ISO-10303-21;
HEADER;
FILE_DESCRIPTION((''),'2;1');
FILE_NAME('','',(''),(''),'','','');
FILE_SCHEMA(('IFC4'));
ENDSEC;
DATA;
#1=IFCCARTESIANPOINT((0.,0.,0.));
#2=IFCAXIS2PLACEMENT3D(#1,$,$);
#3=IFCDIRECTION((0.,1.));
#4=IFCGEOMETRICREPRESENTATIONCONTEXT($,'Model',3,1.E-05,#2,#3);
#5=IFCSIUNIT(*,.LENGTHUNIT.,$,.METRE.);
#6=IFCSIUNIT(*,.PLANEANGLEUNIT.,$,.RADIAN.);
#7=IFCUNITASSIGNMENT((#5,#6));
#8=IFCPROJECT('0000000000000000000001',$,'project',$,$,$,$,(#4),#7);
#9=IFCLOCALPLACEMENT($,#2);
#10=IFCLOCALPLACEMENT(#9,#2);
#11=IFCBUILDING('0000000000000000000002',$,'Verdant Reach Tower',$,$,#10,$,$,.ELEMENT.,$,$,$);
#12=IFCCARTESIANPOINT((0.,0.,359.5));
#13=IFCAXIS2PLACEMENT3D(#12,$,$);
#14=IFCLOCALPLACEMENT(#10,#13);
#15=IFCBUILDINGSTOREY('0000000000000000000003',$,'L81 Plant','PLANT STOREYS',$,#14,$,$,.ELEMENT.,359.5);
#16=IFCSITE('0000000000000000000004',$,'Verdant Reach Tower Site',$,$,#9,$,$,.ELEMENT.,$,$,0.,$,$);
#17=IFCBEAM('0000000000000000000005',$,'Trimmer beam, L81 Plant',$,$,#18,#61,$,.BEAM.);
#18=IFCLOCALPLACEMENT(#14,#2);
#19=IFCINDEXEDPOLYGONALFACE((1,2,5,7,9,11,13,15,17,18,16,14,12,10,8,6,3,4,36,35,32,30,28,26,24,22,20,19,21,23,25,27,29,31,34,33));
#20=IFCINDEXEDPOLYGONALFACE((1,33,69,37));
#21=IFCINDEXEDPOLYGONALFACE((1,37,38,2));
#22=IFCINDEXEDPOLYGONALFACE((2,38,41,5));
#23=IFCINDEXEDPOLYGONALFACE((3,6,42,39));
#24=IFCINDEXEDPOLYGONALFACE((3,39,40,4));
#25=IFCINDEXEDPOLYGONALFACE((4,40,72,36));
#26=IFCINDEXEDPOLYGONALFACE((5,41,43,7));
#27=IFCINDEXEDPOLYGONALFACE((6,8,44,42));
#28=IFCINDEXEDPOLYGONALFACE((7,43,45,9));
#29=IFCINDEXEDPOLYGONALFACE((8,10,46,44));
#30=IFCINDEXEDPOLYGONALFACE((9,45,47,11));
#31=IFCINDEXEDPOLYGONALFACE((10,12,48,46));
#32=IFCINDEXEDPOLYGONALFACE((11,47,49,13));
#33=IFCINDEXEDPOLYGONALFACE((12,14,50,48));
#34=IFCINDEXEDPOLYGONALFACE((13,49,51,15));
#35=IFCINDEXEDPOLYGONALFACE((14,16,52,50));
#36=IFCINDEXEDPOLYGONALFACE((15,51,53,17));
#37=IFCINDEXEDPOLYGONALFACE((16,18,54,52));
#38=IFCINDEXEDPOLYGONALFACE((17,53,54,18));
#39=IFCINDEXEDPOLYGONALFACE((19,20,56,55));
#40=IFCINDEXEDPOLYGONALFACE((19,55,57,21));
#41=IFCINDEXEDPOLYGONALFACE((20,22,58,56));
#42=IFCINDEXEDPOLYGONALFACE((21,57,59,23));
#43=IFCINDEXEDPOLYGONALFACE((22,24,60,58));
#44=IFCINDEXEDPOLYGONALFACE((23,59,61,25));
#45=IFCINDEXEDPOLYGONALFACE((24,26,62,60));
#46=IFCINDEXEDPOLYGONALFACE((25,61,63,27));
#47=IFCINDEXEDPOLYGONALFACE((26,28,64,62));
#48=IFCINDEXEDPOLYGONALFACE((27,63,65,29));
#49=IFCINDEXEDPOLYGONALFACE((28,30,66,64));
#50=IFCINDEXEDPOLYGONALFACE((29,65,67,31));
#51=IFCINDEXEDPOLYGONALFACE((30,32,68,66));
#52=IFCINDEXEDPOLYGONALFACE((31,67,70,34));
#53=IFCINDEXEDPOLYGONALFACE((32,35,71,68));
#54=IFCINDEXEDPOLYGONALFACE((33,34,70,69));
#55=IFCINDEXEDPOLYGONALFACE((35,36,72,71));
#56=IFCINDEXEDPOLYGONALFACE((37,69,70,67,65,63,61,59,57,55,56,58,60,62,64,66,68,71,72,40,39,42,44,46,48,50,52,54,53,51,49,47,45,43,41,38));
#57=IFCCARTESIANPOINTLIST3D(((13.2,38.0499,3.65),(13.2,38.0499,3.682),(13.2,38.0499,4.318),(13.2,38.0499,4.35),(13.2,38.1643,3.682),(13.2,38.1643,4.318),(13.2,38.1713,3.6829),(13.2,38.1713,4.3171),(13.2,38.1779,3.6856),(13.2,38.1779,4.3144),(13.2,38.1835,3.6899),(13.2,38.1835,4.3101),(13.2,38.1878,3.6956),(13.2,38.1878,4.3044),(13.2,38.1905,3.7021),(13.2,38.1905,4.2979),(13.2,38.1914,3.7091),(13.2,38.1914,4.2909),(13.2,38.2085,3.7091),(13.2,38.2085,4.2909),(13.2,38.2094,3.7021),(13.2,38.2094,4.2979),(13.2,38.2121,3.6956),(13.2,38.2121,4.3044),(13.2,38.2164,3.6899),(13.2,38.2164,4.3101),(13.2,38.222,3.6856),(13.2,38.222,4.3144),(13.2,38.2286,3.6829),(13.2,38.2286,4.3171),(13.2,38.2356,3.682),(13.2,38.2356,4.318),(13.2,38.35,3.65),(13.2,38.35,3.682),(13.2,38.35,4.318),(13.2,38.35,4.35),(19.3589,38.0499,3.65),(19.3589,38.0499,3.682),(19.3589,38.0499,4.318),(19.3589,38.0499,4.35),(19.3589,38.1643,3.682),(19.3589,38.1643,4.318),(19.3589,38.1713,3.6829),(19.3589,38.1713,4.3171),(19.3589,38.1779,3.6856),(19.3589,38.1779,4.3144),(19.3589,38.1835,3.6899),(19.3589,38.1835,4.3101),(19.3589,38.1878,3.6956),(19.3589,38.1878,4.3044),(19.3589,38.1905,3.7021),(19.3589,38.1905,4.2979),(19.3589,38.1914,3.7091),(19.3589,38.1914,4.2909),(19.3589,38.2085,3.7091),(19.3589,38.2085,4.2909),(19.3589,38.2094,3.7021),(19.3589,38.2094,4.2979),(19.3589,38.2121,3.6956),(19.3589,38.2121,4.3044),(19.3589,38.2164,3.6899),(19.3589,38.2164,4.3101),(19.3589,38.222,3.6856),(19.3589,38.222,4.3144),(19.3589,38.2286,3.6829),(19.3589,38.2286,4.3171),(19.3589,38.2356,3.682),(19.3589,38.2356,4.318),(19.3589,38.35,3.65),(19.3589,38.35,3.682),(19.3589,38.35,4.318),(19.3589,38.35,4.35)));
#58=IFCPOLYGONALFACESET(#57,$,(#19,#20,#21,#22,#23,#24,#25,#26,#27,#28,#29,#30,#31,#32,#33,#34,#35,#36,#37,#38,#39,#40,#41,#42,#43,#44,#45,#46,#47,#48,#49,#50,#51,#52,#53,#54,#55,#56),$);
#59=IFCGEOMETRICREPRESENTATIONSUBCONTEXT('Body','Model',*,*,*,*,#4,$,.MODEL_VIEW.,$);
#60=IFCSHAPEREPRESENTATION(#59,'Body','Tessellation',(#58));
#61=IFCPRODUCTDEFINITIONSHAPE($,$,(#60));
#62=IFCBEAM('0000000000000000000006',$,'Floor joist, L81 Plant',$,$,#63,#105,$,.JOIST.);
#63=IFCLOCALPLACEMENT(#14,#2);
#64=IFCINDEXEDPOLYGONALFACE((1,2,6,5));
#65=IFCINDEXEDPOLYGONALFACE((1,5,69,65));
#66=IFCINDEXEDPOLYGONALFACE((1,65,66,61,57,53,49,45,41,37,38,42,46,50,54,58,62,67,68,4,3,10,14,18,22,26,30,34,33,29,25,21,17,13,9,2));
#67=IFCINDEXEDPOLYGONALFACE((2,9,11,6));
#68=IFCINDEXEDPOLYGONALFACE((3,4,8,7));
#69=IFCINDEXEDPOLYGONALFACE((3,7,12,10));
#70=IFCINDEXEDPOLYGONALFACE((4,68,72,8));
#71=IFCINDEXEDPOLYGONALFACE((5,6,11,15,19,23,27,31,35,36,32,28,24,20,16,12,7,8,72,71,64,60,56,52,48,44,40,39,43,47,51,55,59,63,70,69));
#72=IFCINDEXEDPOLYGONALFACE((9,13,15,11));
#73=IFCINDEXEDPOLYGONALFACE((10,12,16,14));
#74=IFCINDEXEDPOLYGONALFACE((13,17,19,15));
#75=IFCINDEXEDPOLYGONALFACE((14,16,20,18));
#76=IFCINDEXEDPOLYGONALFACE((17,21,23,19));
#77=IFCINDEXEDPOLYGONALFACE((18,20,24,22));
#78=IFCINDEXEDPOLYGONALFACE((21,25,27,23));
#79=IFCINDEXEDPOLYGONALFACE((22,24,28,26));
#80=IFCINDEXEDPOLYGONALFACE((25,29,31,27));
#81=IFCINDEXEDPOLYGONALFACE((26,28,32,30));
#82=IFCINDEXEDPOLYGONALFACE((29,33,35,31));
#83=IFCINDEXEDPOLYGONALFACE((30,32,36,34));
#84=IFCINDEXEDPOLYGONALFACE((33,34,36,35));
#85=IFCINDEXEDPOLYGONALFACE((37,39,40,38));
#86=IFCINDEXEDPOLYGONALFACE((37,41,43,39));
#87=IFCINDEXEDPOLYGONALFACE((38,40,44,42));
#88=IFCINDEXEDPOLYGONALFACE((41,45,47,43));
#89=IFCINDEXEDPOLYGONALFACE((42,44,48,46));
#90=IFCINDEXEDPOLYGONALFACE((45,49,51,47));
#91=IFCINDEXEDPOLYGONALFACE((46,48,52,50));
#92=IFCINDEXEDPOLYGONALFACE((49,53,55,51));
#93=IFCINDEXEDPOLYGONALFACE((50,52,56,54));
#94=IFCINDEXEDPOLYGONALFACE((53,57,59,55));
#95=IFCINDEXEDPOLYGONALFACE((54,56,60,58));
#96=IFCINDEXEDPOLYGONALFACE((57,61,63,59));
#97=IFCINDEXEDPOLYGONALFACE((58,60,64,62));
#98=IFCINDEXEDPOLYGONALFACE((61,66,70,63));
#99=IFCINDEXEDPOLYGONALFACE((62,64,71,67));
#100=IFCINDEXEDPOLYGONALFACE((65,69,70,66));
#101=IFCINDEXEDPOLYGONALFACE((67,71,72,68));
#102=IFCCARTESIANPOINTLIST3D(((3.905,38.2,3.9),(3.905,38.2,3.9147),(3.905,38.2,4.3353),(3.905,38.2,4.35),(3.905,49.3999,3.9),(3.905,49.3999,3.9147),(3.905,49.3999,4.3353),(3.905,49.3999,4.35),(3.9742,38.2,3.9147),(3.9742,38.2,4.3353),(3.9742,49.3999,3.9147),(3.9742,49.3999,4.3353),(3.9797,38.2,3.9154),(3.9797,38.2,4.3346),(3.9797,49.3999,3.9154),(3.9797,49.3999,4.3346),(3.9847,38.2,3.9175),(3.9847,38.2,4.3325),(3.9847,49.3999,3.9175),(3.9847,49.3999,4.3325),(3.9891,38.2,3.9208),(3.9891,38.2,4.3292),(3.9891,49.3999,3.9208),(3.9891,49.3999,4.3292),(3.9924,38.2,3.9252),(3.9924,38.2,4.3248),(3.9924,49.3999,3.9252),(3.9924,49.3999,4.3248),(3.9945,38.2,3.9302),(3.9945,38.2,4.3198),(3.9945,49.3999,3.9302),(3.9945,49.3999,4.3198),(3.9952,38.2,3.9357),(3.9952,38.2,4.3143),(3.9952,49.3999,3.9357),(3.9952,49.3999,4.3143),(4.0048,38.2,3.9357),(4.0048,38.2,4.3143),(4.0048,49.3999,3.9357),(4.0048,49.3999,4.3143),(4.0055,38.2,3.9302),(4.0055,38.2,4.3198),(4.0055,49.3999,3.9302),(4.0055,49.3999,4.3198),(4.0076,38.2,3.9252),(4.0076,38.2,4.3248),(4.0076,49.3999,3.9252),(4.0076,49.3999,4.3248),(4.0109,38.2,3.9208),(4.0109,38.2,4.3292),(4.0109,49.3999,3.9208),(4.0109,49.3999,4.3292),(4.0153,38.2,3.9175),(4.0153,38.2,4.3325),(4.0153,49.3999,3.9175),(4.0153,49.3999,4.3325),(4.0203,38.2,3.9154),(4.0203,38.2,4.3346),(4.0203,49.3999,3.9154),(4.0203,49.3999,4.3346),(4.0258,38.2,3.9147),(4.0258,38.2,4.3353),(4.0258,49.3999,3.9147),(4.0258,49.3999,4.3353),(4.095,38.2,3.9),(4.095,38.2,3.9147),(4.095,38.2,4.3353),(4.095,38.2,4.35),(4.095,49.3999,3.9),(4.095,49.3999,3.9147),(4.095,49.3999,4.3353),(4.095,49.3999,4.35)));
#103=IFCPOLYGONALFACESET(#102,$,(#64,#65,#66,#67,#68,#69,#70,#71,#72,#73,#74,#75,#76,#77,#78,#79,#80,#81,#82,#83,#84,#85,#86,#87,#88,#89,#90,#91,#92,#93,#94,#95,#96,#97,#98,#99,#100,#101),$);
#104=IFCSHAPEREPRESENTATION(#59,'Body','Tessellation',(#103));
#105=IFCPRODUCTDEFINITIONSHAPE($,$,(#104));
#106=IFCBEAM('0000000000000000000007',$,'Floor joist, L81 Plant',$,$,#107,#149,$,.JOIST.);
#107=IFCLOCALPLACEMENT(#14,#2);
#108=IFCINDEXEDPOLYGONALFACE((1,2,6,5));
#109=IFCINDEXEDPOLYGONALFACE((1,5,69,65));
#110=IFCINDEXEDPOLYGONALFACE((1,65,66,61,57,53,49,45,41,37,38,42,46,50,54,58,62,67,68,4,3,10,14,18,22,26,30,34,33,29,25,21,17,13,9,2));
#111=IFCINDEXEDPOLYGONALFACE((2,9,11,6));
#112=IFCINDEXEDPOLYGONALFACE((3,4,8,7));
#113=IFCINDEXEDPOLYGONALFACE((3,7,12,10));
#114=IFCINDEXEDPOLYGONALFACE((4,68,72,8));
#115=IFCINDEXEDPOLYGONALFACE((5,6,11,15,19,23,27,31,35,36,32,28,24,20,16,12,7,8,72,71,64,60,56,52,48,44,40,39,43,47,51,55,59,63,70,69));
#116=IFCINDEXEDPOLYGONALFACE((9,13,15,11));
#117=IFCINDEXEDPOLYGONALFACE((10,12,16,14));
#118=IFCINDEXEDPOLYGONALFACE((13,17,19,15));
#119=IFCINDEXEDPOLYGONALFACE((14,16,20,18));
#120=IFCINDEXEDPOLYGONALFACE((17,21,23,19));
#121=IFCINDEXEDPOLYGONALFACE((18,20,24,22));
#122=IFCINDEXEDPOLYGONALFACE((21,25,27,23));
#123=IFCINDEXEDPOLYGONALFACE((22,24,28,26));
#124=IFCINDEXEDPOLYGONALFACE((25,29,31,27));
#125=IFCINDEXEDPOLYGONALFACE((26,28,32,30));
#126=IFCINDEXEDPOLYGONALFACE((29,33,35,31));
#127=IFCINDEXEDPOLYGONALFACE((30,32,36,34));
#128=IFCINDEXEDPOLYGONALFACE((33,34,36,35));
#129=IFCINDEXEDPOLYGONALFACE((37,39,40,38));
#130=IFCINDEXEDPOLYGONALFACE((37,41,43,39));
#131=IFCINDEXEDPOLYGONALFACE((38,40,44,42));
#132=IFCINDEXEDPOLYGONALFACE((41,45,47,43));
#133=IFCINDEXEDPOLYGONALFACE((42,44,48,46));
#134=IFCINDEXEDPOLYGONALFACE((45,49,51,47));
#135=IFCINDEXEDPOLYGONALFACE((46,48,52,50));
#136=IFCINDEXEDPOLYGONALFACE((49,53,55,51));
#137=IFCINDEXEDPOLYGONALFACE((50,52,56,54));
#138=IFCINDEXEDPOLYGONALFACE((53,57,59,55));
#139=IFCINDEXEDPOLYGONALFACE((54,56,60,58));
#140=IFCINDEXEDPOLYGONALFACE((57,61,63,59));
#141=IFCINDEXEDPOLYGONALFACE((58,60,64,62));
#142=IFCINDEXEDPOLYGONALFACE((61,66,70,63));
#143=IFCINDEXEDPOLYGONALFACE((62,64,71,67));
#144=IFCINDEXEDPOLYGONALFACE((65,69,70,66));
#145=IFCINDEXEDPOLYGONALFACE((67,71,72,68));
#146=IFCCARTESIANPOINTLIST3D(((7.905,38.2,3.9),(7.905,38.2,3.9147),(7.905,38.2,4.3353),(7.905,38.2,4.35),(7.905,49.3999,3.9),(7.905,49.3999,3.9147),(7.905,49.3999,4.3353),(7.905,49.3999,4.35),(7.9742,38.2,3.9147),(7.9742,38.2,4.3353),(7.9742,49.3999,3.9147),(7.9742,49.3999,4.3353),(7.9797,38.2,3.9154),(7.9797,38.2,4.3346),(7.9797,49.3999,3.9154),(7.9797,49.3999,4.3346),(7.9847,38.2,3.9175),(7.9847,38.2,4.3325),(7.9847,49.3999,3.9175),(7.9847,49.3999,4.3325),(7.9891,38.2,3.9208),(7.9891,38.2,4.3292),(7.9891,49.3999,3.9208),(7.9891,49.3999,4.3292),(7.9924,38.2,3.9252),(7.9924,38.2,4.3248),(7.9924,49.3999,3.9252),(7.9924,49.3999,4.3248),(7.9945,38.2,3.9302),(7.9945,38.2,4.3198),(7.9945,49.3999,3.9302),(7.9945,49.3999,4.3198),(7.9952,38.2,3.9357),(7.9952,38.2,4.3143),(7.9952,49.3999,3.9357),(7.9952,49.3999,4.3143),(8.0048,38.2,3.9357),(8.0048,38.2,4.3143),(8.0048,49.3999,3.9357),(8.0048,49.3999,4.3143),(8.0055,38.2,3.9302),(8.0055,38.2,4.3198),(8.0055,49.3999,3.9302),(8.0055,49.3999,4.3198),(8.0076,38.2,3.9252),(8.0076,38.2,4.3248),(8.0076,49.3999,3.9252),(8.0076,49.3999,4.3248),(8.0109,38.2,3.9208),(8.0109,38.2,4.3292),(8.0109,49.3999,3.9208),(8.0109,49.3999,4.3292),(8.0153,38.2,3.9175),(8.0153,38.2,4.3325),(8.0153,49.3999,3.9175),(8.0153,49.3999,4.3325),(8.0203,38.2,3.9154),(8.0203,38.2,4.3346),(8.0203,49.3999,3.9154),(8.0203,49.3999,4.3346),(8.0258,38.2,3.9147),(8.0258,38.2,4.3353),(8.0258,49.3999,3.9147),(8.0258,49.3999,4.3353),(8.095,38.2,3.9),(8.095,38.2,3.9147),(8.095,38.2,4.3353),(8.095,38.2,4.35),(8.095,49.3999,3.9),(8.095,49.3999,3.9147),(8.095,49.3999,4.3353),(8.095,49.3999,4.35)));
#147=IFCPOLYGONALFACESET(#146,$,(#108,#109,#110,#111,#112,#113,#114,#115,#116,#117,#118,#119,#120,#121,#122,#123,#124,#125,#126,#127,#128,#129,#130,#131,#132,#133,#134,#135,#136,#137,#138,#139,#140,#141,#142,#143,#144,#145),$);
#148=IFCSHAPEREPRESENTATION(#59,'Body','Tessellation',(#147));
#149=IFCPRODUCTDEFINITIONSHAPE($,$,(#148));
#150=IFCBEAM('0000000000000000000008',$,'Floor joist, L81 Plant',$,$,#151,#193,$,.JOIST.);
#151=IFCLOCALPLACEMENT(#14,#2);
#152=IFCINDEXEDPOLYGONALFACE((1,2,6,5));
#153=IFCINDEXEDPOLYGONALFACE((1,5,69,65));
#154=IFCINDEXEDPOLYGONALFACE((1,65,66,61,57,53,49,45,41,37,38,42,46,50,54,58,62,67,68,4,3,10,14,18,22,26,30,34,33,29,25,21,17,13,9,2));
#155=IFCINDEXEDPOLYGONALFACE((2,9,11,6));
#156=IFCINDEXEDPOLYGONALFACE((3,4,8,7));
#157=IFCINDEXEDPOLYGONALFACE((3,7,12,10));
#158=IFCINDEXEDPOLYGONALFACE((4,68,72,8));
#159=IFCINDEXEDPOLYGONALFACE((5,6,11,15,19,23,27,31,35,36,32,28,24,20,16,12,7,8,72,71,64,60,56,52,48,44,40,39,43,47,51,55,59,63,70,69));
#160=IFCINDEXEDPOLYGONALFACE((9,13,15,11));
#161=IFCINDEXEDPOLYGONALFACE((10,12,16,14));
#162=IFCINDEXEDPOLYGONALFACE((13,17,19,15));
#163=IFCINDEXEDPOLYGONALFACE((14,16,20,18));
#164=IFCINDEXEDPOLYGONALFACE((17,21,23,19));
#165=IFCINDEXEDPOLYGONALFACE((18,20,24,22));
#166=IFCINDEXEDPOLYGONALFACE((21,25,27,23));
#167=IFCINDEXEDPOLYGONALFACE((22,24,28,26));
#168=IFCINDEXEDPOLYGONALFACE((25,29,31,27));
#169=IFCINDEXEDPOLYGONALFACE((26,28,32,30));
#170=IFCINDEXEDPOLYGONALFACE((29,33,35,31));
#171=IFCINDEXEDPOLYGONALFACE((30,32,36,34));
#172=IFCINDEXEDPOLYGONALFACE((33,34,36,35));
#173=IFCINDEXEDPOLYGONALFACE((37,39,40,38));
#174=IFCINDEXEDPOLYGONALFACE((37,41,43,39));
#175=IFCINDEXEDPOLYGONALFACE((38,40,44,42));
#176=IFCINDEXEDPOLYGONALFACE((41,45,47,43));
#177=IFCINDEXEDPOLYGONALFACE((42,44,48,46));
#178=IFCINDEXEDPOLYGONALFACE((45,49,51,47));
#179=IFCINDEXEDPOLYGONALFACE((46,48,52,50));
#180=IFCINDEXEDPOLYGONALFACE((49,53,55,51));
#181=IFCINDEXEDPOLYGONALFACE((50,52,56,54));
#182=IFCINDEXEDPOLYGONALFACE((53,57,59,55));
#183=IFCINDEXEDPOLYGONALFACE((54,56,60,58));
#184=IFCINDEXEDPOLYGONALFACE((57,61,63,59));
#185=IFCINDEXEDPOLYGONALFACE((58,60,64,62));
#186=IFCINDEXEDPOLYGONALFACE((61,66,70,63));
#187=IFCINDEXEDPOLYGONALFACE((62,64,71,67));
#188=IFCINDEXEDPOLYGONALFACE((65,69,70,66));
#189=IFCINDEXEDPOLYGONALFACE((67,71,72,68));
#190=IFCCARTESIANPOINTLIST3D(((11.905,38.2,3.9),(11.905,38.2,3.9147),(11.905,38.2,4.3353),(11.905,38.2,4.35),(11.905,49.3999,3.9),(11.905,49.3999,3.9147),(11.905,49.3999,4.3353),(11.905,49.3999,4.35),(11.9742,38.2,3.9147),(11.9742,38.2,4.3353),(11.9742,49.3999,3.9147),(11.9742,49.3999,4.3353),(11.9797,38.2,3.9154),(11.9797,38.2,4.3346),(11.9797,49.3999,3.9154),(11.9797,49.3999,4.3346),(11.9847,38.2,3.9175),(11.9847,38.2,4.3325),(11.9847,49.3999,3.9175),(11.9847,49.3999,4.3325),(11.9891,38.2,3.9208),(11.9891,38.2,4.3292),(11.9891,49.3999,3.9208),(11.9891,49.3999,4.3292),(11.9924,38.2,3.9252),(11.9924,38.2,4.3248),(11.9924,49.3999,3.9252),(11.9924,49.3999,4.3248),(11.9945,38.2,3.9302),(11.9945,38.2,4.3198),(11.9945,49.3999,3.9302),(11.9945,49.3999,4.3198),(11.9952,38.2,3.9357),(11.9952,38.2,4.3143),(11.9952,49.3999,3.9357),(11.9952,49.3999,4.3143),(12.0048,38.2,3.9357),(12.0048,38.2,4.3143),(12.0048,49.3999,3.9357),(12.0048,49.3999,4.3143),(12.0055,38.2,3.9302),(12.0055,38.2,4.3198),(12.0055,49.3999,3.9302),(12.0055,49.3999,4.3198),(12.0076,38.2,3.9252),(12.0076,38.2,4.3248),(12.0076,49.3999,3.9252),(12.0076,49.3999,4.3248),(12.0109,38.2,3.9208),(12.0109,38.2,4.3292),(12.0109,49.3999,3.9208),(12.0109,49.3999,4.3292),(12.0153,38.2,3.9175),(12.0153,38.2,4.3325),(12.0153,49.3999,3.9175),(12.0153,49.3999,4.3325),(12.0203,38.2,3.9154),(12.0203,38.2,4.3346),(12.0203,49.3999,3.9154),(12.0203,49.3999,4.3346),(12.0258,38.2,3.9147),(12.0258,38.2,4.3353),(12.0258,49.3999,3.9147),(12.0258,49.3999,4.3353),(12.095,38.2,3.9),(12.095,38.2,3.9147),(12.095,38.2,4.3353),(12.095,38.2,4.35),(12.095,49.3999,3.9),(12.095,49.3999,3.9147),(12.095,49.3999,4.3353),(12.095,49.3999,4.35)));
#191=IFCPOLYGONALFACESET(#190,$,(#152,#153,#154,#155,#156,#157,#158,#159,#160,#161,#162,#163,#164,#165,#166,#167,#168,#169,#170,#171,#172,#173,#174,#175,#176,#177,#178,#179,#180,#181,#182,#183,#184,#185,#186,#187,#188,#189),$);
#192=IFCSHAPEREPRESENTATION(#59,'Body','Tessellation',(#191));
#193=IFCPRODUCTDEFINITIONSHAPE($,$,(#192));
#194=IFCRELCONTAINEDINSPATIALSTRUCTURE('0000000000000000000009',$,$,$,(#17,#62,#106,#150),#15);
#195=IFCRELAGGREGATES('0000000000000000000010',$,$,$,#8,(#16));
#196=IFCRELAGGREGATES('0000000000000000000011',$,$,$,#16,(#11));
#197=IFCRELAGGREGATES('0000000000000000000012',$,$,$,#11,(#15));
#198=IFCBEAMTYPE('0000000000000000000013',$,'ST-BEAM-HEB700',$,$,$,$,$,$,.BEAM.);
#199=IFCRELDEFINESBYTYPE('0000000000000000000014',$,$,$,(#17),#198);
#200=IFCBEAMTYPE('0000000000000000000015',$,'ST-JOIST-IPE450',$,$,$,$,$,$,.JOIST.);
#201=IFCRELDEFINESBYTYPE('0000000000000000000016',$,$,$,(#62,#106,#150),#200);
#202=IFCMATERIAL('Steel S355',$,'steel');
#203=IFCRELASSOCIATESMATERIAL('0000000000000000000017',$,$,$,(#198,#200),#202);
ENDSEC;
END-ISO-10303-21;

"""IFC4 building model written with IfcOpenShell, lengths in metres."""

from ifc_helpers import new_model, si_unit, direction, frame, origin, origin_2d, place, context, subcontext, project, spatial, i_section, extrude, material, material_profile, profile_set, type_object, element, save


model = new_model("IFC4")

# Units and contexts
model_context = context("Model", 3, precision=1e-05, world=origin(), true_north=direction((0.0, 1.0)))
body_context = subcontext(model_context, "Body", "Model", "MODEL_VIEW")
ifc_project = project(units=[si_unit("LENGTHUNIT", "METRE"), si_unit("PLANEANGLEUNIT", "RADIAN")], contexts=[model_context])

# Site, building, storey
site_placement = place(None, origin())
site = spatial("IfcSite", under=ifc_project, at=site_placement, Name="Verdant Reach Tower Site", CompositionType="ELEMENT", RefElevation=0.0)
building_placement = place(site_placement, origin())
building = spatial("IfcBuilding", under=site, at=building_placement, Name="Verdant Reach Tower", CompositionType="ELEMENT")
storey_placement = place(building_placement, frame((0.0, 0.0, 359.5)))
storey = spatial("IfcBuildingStorey", under=building, at=storey_placement, Name="L81 Plant", Description="PLANT STOREYS", CompositionType="ELEMENT", Elevation=359.5)

# Beams
ifc_material_1 = material(Name="Steel S355", Category="steel")
ifc_material_profile_1 = material_profile(ifc_material_1, i_section(OverallWidth=0.3, OverallDepth=0.7, WebThickness=0.0171, FlangeThickness=0.032, FilletRadius=0.0271, at=origin_2d()), Name="HEB 700")
ifc_profile_set_1 = profile_set([ifc_material_profile_1], Name="Steel S355")
beam_type_1 = type_object("IfcBeamType", Name="ST-BEAM-HEB700", PredefinedType="BEAM", material=ifc_profile_set_1)
beam_1_placement = place(storey_placement, frame((13.2, 38.2, 4.0), z_axis=(1.0, 0.0, 0.0), x_axis=(0.0, 1.0, 0.0)))
element("IfcBeam", 1, at=beam_1_placement, inside=storey, type_object=beam_type_1, Name="Trimmer beam, L81 Plant", PredefinedType="BEAM", context=body_context, shape_type="SweptSolid", body=[
    extrude(i_section(OverallWidth=0.3, OverallDepth=0.7, WebThickness=0.0171, FlangeThickness=0.032, FilletRadius=0.0271, at=origin_2d()), origin(), (0.0, 0.0, 1.0), 6.1589),
])
ifc_material_profile_2 = material_profile(ifc_material_1, i_section(OverallWidth=0.1899, OverallDepth=0.45, WebThickness=0.0095, FlangeThickness=0.0146, FilletRadius=0.021, at=origin_2d()), Name="IPE 450")
ifc_profile_set_2 = profile_set([ifc_material_profile_2], Name="Steel S355")
beam_type_2 = type_object("IfcBeamType", Name="ST-JOIST-IPE450", PredefinedType="JOIST", material=ifc_profile_set_2)
for number, where, z_axis, x_axis, name in (
    (2, (4.0, 38.2, 4.125), (0.0, 1.0, 0.0), (-1.0, 0.0, 0.0), "Floor joist, L81 Plant"),
    (3, (8.0, 38.2, 4.125), (0.0, 1.0, 0.0), (-1.0, 0.0, 0.0), "Floor joist, L81 Plant"),
    (4, (12.0, 38.2, 4.125), (0.0, 1.0, 0.0), (-1.0, 0.0, 0.0), "Floor joist, L81 Plant"),
):
    element("IfcBeam", number, at=place(storey_placement, frame(where, z_axis=z_axis, x_axis=x_axis)), inside=storey, type_object=beam_type_2, Name=name, PredefinedType="JOIST", context=body_context, shape_type="SweptSolid", body=[
        extrude(i_section(OverallWidth=0.1899, OverallDepth=0.45, WebThickness=0.0095, FlangeThickness=0.0146, FilletRadius=0.021, at=origin_2d()), origin(), (0.0, 0.0, 1.0), 11.2),
    ])

save(model, "model.ifc")
